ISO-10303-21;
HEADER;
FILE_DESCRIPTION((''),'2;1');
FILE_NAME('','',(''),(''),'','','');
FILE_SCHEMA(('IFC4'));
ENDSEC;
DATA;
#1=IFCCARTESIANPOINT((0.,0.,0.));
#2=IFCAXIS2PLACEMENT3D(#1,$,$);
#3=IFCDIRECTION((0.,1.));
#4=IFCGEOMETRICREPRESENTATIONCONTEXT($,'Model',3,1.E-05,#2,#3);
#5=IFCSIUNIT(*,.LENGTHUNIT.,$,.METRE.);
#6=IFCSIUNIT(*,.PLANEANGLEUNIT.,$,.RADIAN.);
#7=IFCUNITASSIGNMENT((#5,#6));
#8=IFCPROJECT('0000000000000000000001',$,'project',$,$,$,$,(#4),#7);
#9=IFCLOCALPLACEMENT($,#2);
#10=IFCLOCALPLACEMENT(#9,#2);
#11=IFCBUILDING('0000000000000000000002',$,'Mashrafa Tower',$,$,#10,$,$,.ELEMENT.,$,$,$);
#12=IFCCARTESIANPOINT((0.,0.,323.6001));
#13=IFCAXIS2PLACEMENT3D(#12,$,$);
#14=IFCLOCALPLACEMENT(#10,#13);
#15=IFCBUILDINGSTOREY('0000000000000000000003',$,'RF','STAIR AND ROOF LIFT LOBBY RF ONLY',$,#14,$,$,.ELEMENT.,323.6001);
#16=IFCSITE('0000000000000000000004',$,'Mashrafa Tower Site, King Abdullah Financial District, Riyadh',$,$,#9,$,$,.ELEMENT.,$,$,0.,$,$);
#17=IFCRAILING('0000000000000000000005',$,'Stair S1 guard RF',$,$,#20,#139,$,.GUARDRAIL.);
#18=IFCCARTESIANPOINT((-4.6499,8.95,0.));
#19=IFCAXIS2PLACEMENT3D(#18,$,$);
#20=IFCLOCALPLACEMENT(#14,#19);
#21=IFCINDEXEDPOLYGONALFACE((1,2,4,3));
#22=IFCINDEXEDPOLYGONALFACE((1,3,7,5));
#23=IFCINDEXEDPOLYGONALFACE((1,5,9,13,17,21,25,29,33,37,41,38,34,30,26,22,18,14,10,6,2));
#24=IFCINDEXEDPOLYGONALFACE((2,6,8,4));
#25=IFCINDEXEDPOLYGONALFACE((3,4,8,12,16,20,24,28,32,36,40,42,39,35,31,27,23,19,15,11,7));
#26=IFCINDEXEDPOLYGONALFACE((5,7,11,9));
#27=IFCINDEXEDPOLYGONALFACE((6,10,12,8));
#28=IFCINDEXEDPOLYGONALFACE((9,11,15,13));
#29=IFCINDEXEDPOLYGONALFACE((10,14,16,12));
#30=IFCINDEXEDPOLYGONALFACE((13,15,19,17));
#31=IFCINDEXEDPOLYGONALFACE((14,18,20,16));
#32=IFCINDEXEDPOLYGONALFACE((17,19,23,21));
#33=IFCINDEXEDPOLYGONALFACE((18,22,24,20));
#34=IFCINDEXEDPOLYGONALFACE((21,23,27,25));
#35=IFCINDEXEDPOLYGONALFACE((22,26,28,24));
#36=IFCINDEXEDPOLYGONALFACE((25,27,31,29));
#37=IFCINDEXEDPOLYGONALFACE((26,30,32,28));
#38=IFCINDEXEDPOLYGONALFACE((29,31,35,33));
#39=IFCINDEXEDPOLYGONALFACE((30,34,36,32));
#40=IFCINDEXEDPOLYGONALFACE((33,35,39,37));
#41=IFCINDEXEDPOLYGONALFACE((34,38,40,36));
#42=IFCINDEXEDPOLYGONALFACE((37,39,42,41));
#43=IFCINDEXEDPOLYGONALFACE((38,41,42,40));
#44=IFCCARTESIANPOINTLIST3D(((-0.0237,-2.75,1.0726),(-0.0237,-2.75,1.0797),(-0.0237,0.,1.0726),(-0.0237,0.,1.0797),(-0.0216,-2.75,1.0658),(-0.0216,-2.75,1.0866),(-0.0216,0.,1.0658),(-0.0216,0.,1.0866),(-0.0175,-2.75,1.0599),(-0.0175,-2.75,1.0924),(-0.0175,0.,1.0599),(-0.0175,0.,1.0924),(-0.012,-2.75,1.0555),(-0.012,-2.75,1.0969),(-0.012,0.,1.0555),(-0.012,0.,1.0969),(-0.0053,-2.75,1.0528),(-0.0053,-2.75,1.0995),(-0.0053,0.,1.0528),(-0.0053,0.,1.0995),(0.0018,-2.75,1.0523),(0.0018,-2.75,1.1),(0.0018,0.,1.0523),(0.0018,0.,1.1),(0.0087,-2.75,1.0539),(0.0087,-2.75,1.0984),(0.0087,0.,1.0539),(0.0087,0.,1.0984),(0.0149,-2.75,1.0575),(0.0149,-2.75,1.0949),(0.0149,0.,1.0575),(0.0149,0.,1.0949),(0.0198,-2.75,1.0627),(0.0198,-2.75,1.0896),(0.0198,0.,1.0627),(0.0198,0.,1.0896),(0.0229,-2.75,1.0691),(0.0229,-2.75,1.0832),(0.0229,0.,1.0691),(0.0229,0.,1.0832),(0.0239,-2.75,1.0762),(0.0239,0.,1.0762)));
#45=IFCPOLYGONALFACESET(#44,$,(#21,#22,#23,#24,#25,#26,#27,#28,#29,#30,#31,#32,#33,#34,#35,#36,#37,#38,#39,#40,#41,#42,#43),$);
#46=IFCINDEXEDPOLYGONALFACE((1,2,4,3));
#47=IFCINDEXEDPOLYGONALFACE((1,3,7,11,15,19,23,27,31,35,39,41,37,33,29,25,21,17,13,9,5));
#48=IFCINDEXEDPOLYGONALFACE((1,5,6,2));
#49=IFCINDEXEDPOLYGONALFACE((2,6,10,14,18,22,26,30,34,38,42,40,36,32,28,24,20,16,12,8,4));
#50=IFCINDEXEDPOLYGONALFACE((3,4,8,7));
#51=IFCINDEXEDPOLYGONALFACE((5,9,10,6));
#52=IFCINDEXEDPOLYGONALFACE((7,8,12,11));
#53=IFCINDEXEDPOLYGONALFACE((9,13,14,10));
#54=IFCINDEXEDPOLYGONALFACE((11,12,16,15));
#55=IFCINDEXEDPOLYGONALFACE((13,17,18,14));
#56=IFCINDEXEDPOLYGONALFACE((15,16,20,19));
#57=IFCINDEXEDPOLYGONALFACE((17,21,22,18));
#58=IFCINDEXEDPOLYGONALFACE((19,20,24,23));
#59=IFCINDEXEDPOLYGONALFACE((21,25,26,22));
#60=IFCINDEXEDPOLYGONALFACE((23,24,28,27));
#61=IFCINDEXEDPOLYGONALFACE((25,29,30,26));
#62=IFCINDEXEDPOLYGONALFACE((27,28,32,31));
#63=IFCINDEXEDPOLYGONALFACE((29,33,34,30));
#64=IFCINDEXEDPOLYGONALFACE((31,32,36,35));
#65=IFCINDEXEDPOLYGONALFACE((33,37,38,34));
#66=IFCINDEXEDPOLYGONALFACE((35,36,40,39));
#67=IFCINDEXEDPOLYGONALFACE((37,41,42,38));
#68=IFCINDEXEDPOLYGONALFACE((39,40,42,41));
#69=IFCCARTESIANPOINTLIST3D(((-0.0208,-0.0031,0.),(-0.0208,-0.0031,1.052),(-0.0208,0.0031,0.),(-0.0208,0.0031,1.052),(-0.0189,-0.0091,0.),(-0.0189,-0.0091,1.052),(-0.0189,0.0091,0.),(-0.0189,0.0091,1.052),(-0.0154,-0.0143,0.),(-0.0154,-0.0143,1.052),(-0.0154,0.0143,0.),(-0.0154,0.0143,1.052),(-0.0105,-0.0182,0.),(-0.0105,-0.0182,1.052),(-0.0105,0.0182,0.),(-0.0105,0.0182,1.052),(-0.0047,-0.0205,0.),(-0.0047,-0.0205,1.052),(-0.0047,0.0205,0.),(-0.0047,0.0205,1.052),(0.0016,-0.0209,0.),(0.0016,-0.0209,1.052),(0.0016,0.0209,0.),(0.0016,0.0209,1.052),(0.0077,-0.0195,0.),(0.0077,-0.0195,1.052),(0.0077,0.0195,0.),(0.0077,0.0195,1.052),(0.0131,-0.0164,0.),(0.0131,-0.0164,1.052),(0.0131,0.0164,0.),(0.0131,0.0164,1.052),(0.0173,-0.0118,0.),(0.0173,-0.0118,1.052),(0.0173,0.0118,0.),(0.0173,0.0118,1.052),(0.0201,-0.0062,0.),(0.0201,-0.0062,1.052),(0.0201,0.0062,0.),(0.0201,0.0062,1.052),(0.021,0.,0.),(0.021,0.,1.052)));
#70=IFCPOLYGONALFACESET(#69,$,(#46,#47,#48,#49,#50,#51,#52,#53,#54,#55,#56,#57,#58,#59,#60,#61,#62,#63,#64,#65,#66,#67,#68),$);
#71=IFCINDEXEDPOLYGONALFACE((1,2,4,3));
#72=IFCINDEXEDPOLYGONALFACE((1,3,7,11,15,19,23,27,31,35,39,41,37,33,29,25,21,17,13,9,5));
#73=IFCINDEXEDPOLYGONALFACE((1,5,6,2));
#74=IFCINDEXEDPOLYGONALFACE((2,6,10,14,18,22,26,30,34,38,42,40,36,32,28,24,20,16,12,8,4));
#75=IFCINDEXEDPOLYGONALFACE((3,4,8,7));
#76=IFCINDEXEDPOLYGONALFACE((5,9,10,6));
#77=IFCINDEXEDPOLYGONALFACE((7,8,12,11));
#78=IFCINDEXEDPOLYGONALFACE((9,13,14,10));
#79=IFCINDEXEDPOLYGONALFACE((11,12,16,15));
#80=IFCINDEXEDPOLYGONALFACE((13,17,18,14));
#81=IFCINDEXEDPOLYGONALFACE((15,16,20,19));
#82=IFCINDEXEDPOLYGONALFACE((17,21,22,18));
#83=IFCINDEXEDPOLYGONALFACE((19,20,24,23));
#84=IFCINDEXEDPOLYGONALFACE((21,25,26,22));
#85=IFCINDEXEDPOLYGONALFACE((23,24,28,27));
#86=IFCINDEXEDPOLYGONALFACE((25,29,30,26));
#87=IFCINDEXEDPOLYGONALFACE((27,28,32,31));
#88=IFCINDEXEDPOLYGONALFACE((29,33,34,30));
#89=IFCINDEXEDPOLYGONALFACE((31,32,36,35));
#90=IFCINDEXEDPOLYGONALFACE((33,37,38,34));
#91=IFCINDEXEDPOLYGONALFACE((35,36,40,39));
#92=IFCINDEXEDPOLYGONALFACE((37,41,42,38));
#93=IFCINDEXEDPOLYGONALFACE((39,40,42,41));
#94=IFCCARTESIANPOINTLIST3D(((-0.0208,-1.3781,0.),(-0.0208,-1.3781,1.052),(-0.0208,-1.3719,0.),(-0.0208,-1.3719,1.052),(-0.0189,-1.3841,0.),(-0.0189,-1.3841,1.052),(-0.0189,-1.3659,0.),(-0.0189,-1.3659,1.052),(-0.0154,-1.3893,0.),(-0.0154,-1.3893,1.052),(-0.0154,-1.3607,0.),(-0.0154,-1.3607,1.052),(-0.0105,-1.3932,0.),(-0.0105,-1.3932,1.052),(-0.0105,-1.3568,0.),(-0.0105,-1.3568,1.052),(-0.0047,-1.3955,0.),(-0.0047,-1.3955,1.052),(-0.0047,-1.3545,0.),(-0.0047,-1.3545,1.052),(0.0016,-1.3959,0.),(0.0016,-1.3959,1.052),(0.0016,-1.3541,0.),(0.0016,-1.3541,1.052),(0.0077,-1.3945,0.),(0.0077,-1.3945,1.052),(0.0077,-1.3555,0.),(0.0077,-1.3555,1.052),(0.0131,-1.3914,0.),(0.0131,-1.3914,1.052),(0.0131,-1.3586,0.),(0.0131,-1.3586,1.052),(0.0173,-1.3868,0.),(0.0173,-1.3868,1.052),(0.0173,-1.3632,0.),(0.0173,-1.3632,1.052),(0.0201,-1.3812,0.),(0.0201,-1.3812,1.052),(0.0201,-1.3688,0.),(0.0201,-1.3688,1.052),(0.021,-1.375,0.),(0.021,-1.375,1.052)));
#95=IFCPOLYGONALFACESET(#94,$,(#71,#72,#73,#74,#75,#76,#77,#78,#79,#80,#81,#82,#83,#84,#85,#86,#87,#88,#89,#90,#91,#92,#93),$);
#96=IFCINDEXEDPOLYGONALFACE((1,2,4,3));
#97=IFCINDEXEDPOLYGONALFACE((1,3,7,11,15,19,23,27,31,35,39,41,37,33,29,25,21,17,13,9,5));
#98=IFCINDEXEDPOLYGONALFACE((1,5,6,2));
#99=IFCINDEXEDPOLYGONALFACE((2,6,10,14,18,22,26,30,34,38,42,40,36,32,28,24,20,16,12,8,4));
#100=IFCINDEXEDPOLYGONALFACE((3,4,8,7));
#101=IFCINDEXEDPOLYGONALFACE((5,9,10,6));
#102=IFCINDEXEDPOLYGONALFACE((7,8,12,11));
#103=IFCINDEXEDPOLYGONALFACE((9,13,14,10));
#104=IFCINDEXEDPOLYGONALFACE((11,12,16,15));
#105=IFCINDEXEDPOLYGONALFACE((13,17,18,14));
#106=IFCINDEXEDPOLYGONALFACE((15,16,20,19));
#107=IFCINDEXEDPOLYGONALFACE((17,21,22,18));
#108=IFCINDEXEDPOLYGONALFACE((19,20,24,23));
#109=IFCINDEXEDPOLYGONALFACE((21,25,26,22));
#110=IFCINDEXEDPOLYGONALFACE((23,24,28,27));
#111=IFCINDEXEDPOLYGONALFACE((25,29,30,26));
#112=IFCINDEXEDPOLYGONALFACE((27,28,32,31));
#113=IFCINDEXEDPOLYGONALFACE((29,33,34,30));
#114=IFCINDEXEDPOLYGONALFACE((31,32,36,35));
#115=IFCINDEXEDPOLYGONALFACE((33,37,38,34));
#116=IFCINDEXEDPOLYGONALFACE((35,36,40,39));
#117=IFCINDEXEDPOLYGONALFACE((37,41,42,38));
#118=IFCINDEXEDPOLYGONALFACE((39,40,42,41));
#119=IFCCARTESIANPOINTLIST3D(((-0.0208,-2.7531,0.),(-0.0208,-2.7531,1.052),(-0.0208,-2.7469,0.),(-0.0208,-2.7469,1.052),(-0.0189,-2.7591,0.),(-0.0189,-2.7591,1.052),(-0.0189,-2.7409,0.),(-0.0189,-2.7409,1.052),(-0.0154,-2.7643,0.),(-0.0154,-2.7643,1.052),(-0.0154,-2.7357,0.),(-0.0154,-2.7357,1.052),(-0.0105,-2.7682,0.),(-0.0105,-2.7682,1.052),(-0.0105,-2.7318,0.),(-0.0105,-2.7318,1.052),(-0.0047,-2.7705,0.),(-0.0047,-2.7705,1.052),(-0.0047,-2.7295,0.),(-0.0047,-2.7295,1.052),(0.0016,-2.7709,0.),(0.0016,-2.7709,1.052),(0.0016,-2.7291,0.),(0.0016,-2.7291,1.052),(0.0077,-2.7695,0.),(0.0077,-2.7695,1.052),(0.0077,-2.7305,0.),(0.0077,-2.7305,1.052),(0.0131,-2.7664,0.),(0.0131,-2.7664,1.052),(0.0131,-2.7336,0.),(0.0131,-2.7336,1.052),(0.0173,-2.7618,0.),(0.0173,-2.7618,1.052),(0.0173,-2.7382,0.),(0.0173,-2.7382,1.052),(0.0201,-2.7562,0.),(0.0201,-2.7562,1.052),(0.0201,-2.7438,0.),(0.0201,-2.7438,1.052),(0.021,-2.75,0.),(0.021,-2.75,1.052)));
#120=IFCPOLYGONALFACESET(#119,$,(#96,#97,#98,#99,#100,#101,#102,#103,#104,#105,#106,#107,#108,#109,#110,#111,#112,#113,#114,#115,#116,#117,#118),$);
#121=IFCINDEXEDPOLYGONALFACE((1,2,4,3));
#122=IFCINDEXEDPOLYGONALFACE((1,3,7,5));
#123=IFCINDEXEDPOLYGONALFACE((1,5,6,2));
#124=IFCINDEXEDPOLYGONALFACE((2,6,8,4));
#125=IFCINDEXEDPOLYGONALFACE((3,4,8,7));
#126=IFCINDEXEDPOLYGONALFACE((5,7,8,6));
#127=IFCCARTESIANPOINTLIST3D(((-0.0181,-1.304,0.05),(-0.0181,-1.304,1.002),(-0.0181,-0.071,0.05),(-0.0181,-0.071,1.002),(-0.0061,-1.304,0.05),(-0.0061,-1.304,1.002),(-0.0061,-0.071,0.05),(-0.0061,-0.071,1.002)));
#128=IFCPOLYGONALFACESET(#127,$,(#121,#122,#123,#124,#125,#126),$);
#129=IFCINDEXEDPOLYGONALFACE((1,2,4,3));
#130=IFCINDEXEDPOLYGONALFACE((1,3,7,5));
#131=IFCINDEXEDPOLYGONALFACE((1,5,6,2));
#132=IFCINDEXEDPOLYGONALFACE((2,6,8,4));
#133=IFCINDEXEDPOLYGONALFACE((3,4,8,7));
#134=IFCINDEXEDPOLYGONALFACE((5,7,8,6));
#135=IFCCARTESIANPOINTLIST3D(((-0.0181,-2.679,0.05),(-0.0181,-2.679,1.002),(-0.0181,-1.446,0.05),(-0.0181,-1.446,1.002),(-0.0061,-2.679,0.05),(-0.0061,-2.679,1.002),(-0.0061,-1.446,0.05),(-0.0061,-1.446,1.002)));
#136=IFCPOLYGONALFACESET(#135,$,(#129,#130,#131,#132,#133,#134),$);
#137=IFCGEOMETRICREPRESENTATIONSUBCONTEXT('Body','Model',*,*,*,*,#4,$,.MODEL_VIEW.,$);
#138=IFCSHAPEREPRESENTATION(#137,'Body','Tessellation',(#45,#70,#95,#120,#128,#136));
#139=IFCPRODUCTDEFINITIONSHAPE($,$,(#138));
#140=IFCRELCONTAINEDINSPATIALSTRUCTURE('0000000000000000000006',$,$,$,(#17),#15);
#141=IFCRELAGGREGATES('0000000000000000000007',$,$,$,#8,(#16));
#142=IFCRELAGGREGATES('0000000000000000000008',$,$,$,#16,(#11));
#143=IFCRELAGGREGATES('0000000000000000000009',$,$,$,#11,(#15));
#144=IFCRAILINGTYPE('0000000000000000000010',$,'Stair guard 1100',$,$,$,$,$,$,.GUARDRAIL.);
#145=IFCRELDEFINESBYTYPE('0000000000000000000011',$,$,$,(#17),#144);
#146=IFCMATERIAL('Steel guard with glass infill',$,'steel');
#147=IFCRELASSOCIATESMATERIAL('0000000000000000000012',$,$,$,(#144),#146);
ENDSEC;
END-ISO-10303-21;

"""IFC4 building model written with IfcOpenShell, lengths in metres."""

from ifc_helpers import new_model, si_unit, direction, frame, origin, origin_2d, place, context, subcontext, project, spatial, polyline, circle, outline, extrude, material, type_object, element, save


model = new_model("IFC4")

# Units and contexts
model_context = context("Model", 3, precision=1e-05, world=origin(), true_north=direction((0.0, 1.0)))
body_context = subcontext(model_context, "Body", "Model", "MODEL_VIEW")
ifc_project = project(units=[si_unit("LENGTHUNIT", "METRE"), si_unit("PLANEANGLEUNIT", "RADIAN")], contexts=[model_context])

# Site, building, storey
site_placement = place(None, origin())
site = spatial("IfcSite", under=ifc_project, at=site_placement, Name="Mashrafa Tower Site, King Abdullah Financial District, Riyadh", CompositionType="ELEMENT", RefElevation=0.0)
building_placement = place(site_placement, origin())
building = spatial("IfcBuilding", under=site, at=building_placement, Name="Mashrafa Tower", CompositionType="ELEMENT")
storey_placement = place(building_placement, frame((0.0, 0.0, 323.6001)))
storey = spatial("IfcBuildingStorey", under=building, at=storey_placement, Name="RF", Description="STAIR AND ROOF LIFT LOBBY RF ONLY", CompositionType="ELEMENT", Elevation=323.6001)

# Railing
ifc_material_1 = material(Name="Steel guard with glass infill", Category="steel")
railing_type = type_object("IfcRailingType", Name="Stair guard 1100", PredefinedType="GUARDRAIL", material=ifc_material_1)
railing_placement = place(storey_placement, frame((-4.6499, 8.95, 0.0)))
element("IfcRailing", 1, at=railing_placement, inside=storey, type_object=railing_type, Name="Stair S1 guard RF", PredefinedType="GUARDRAIL", context=body_context, shape_type="SweptSolid", body=[
    extrude(circle(Radius=0.0239, at=origin_2d()), frame((0.0, 0.0, 1.0762), z_axis=(0.0, -1.0, 0.0), x_axis=(1.0, 0.0, 0.0)), (0.0, 0.0, 1.0), 2.75),
    extrude(circle(Radius=0.021, at=origin_2d()), origin(), (0.0, 0.0, 1.0), 1.052),
    extrude(circle(Radius=0.021, at=origin_2d()), frame((0.0, -1.375, 0.0)), (0.0, 0.0, 1.0), 1.052),
    extrude(circle(Radius=0.021, at=origin_2d()), frame((0.0, -2.75, 0.0)), (0.0, 0.0, 1.0), 1.052),
    extrude(outline(polyline([(0.071, 0.05), (1.304, 0.05), (1.304, 1.002), (0.071, 1.002), (0.071, 0.05)])), frame((-0.0061, 0.0, 0.0), z_axis=(-1.0, 0.0, 0.0), x_axis=(0.0, -1.0, 0.0)), (0.0, 0.0, 1.0), 0.012),
    extrude(outline(polyline([(1.446, 0.05), (2.679, 0.05), (2.679, 1.002), (1.446, 1.002), (1.446, 0.05)])), frame((-0.0061, 0.0, 0.0), z_axis=(-1.0, 0.0, 0.0), x_axis=(0.0, -1.0, 0.0)), (0.0, 0.0, 1.0), 0.012),
])

save(model, "model.ifc")
